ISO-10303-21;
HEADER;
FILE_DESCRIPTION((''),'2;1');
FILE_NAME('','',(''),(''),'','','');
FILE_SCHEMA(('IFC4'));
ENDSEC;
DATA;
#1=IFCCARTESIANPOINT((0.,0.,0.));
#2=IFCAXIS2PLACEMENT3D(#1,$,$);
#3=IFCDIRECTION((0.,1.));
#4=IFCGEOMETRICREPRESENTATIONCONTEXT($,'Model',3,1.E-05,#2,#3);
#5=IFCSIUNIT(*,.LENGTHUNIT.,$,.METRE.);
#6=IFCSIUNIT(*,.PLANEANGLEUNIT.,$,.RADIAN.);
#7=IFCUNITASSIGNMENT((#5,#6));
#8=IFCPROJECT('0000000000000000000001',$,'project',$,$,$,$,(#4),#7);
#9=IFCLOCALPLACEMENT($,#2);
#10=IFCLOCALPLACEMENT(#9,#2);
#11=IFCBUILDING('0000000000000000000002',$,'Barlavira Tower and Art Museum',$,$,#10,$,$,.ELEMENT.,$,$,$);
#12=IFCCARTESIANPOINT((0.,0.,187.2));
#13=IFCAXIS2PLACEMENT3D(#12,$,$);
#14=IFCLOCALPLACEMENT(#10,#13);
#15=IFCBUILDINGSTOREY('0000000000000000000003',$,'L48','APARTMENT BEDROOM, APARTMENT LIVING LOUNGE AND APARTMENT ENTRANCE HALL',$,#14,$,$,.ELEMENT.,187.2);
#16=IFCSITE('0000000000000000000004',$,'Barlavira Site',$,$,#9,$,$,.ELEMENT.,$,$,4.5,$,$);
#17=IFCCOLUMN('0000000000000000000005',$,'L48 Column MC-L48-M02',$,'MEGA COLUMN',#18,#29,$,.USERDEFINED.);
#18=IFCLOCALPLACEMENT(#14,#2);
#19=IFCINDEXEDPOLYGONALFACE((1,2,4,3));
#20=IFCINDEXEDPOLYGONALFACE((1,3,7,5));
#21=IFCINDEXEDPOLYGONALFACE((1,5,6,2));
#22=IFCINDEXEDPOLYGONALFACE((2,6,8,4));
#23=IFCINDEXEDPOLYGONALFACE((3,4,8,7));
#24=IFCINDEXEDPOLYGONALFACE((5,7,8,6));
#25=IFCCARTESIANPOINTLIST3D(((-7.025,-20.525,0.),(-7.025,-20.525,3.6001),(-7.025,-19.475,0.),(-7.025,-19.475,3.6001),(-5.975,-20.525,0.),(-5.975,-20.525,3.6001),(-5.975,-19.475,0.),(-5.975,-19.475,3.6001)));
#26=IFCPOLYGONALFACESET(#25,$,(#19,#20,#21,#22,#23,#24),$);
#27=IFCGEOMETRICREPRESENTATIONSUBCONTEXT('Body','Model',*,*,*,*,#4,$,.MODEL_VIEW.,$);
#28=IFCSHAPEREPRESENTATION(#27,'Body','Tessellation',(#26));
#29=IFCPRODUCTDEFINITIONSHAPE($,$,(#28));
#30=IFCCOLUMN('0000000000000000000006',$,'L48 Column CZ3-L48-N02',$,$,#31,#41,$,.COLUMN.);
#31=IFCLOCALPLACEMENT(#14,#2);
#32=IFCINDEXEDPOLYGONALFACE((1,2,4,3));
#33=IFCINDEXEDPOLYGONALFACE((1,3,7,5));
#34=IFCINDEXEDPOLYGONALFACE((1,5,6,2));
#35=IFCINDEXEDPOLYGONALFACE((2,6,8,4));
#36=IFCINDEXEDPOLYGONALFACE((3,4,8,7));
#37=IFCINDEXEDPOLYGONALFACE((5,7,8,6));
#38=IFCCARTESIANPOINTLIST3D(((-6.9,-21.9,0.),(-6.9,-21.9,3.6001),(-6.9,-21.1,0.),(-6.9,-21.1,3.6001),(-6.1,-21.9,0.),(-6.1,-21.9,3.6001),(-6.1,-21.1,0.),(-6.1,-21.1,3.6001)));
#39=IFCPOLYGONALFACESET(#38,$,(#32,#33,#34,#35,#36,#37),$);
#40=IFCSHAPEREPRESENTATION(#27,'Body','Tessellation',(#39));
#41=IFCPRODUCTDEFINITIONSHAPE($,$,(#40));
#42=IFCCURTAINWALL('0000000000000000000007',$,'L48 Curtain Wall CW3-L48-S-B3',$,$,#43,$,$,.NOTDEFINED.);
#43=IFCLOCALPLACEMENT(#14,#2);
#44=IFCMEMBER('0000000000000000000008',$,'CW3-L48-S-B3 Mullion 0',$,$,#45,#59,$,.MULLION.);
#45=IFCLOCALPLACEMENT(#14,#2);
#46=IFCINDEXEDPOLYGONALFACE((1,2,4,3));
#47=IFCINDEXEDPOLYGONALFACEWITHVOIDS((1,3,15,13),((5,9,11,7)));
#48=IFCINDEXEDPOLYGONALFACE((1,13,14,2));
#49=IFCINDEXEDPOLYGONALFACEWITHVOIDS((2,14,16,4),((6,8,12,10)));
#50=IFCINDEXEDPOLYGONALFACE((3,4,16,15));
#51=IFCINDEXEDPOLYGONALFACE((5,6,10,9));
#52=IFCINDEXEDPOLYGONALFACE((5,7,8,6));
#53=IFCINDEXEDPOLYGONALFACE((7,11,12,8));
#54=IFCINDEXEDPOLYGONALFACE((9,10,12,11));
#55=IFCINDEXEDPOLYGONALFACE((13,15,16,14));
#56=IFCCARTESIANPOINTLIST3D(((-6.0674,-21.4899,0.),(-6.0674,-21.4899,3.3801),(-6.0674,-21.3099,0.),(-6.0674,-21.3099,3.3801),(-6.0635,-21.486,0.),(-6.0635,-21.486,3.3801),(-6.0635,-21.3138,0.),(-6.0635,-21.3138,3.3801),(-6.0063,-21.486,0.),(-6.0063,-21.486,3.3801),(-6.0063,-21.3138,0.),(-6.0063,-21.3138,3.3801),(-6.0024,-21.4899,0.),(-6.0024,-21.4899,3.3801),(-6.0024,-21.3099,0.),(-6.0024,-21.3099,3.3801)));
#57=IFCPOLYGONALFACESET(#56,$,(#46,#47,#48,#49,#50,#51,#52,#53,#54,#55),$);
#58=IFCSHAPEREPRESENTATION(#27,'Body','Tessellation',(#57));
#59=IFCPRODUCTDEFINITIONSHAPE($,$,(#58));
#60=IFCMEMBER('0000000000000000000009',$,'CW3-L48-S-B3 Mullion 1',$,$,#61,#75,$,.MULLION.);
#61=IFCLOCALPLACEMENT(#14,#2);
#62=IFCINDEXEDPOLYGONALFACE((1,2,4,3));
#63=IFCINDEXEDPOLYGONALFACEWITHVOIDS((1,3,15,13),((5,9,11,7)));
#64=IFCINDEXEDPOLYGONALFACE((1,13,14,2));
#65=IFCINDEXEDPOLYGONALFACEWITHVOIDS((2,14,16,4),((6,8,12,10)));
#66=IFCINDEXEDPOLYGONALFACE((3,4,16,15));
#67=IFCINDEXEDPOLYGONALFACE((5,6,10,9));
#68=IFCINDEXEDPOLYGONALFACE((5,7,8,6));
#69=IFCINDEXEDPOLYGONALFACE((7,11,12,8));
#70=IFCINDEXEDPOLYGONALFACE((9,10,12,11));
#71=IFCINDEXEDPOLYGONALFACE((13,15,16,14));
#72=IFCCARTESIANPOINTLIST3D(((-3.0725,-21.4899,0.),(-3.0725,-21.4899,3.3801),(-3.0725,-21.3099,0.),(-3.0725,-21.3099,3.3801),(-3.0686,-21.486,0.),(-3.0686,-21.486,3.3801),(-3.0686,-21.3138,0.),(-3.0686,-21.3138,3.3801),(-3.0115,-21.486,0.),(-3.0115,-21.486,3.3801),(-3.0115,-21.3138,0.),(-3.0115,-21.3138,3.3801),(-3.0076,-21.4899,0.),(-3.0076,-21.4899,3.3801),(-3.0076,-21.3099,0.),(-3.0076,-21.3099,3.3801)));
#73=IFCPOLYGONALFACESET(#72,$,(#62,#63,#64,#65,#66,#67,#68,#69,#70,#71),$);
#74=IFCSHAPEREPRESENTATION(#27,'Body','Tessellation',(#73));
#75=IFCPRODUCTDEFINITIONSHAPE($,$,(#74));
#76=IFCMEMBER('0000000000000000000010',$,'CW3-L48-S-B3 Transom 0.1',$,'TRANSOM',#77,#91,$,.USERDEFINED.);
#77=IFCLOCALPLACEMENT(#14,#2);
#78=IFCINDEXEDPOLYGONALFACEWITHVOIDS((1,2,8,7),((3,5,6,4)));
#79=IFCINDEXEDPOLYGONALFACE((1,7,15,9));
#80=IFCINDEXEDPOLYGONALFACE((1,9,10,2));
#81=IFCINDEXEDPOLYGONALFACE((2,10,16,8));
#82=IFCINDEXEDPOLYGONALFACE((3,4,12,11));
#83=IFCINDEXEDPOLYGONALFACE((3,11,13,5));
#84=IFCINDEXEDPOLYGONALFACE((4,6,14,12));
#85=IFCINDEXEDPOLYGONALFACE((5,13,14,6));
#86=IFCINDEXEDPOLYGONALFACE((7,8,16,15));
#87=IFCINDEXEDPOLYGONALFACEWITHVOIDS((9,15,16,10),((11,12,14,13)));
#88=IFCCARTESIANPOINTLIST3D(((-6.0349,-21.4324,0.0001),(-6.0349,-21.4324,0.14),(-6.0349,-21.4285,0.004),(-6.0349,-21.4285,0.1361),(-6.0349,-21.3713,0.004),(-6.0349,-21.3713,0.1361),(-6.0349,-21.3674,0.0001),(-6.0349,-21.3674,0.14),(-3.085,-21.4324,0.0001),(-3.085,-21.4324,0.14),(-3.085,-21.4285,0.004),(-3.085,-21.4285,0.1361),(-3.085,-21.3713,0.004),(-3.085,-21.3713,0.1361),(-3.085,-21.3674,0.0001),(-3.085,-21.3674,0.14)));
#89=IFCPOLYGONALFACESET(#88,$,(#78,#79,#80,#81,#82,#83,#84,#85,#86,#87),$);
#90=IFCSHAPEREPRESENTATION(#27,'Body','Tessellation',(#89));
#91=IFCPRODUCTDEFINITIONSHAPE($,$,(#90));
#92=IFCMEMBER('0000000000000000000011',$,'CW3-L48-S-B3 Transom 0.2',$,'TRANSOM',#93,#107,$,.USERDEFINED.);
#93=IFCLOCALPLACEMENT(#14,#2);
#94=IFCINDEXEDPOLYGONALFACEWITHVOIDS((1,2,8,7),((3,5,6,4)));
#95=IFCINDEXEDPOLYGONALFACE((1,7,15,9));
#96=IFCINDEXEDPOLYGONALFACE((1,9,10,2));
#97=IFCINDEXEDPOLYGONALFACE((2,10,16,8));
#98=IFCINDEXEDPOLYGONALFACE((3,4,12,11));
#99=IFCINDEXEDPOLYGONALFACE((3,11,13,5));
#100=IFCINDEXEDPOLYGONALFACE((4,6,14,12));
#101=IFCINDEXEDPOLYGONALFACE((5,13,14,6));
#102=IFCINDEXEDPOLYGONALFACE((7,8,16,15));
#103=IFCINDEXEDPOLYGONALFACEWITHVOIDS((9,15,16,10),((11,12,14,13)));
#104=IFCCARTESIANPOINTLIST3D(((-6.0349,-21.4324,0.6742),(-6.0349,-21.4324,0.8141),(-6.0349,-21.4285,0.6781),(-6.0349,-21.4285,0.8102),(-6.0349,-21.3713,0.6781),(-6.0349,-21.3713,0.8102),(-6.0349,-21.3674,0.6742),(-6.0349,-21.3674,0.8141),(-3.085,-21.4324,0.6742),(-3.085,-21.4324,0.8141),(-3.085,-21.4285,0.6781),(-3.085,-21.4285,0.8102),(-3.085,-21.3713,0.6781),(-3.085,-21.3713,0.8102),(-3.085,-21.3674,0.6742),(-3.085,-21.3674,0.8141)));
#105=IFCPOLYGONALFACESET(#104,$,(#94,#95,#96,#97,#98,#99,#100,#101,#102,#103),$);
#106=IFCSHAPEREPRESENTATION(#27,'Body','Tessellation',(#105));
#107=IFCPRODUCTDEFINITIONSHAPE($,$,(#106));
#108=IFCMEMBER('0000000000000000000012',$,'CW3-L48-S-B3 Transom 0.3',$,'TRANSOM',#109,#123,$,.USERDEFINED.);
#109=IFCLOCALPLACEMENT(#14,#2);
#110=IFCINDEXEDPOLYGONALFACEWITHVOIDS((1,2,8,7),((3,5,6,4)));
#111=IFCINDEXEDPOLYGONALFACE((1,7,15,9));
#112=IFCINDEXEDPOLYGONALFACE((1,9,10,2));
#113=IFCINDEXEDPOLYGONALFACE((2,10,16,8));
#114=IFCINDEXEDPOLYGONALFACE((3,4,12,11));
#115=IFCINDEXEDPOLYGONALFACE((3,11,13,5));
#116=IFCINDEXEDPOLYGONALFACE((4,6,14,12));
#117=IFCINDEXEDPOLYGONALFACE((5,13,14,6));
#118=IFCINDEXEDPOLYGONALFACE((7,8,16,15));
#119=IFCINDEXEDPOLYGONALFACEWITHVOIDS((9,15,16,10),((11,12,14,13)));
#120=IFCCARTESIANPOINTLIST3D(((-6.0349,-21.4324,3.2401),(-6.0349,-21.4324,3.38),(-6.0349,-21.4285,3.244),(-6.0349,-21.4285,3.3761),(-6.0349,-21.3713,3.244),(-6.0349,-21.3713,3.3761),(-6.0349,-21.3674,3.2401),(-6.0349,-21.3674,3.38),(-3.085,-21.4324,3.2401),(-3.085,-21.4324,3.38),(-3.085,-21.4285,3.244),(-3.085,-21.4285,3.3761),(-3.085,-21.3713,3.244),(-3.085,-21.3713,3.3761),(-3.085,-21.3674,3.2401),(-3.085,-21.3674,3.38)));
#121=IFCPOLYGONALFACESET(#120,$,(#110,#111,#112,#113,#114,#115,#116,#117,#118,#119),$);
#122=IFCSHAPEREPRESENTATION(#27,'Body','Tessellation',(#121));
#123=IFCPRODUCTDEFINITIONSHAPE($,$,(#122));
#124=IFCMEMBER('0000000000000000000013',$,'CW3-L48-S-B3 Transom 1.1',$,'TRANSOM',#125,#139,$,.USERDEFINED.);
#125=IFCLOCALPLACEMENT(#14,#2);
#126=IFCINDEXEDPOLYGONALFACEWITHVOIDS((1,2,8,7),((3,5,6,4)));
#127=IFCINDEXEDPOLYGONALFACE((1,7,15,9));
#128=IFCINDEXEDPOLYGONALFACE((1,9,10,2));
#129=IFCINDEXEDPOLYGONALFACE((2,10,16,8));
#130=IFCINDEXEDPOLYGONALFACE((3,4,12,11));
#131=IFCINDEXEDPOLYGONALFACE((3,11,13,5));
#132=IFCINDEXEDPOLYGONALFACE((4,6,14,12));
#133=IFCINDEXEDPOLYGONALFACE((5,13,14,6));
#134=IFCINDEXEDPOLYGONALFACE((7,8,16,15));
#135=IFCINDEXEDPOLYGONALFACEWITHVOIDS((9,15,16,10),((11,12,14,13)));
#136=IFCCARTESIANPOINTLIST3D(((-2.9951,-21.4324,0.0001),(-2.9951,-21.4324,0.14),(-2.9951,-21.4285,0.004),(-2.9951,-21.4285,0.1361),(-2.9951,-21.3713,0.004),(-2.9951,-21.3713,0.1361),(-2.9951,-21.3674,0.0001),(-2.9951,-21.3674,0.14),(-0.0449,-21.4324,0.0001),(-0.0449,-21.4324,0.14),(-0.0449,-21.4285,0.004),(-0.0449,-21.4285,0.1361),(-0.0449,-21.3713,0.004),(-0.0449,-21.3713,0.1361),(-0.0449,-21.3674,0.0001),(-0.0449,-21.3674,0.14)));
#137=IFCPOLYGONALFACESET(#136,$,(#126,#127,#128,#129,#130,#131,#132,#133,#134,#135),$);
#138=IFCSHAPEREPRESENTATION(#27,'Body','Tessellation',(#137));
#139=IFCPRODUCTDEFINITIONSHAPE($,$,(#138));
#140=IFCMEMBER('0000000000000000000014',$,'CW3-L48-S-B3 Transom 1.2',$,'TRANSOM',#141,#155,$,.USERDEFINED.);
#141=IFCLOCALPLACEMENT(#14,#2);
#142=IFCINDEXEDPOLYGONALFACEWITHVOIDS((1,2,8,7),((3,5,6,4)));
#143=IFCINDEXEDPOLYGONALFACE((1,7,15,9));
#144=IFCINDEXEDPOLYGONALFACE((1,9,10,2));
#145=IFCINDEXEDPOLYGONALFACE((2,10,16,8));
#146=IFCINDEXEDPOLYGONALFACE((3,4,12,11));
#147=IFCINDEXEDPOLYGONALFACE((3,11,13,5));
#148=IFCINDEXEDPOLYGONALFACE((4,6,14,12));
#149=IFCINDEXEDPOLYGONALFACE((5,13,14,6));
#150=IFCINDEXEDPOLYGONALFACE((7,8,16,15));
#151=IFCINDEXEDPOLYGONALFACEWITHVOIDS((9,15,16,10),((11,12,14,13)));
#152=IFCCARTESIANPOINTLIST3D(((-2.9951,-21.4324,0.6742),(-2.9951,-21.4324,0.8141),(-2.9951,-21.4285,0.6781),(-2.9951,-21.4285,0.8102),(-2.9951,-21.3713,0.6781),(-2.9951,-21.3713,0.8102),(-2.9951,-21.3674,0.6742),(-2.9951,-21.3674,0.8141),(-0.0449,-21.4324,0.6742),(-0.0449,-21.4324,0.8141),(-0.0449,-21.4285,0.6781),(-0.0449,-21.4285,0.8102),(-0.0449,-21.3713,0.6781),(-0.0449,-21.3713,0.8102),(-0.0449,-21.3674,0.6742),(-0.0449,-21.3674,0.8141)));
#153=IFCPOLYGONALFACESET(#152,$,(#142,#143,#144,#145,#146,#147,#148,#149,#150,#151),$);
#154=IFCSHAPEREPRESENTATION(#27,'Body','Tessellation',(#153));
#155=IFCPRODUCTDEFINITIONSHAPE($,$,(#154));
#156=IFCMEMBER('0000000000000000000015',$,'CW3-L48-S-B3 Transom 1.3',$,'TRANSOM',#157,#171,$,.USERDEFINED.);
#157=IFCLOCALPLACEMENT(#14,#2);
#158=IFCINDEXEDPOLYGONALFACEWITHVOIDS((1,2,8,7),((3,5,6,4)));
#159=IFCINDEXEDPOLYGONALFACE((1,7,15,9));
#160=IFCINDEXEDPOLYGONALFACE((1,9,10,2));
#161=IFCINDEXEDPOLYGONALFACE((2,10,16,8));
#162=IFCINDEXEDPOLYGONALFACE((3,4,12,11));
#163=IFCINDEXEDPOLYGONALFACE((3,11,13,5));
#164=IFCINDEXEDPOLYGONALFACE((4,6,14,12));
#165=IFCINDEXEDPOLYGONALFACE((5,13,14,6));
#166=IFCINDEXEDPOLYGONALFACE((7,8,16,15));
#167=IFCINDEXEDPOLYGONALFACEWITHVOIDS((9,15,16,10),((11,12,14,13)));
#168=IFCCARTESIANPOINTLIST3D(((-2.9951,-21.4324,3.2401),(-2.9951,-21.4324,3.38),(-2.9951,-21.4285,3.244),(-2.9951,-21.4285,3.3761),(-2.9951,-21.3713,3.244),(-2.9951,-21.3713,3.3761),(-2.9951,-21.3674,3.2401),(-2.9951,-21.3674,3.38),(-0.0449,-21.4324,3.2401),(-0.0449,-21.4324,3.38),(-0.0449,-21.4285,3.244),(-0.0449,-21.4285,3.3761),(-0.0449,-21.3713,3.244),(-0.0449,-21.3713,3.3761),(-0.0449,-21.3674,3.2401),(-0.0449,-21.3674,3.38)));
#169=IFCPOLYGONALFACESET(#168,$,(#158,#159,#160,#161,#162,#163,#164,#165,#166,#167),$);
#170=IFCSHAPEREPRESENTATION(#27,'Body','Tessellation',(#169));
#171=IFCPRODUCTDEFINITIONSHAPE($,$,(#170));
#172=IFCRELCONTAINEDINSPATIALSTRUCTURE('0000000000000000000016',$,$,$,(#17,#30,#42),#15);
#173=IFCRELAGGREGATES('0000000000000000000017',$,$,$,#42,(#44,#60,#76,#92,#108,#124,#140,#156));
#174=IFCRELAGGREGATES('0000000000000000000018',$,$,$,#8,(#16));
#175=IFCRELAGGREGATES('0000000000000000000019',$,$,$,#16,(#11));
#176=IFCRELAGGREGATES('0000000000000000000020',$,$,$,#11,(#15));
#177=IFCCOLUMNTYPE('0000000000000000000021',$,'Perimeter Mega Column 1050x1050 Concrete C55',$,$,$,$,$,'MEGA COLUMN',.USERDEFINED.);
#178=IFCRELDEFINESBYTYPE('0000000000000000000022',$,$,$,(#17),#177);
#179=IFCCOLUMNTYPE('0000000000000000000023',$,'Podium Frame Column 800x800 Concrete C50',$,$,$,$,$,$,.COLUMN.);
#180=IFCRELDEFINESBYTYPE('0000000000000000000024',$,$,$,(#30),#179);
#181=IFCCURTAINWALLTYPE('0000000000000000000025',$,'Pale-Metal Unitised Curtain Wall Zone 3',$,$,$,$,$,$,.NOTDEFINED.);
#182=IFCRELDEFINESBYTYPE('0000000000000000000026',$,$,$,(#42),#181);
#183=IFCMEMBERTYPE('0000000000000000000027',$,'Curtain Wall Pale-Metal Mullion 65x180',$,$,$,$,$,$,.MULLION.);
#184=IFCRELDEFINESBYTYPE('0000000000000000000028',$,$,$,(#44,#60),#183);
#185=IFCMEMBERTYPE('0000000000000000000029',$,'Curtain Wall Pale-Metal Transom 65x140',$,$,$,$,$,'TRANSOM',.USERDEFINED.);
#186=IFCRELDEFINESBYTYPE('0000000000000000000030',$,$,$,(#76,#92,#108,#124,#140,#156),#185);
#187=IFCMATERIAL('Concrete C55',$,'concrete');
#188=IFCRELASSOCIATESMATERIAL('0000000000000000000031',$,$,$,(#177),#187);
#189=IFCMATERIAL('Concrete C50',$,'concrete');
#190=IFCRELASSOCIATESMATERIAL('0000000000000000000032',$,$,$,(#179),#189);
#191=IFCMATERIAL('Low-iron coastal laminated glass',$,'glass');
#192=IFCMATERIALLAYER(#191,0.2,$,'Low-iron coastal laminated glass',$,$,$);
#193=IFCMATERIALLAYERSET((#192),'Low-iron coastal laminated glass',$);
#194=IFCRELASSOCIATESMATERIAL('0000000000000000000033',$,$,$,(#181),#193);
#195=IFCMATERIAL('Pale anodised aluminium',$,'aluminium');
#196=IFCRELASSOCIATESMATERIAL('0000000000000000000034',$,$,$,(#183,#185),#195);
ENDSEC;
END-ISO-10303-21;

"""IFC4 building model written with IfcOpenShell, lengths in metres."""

from ifc_helpers import new_model, si_unit, direction, frame, origin, origin_2d, place, context, subcontext, project, spatial, rectangle, hollow_rectangle, extrude, material, layer, layer_set, material_profile, profile_set, type_object, element, aggregate, save


model = new_model("IFC4")

# Units and contexts
model_context = context("Model", 3, precision=1e-05, world=origin(), true_north=direction((0.0, 1.0)))
body_context = subcontext(model_context, "Body", "Model", "MODEL_VIEW")
ifc_project = project(units=[si_unit("LENGTHUNIT", "METRE"), si_unit("PLANEANGLEUNIT", "RADIAN")], contexts=[model_context])

# Site, building, storey
site_placement = place(None, origin())
site = spatial("IfcSite", under=ifc_project, at=site_placement, Name="Barlavira Site", CompositionType="ELEMENT", RefElevation=4.5)
building_placement = place(site_placement, origin())
building = spatial("IfcBuilding", under=site, at=building_placement, Name="Barlavira Tower and Art Museum", CompositionType="ELEMENT")
storey_placement = place(building_placement, frame((0.0, 0.0, 187.2)))
storey = spatial("IfcBuildingStorey", under=building, at=storey_placement, Name="L48", Description="APARTMENT BEDROOM, APARTMENT LIVING LOUNGE AND APARTMENT ENTRANCE HALL", CompositionType="ELEMENT", Elevation=187.2)

# Columns
ifc_material_1 = material(Name="Concrete C55", Category="concrete")
ifc_material_profile_1 = material_profile(ifc_material_1, rectangle(XDim=1.05, YDim=1.05, at=origin_2d()), Name="RC-COL 1050x1050")
ifc_profile_set_1 = profile_set([ifc_material_profile_1], Name="Concrete C55")
column_type_1 = type_object("IfcColumnType", Name="Perimeter Mega Column 1050x1050 Concrete C55", ElementType="MEGA COLUMN", PredefinedType="USERDEFINED", material=ifc_profile_set_1)
column_1_placement = place(storey_placement, frame((-6.5, -20.0, 0.0), z_axis=(0.0, 0.0, 1.0), x_axis=(1.0, 0.0, 0.0)))
element("IfcColumn", 1, at=column_1_placement, inside=storey, type_object=column_type_1, Name="L48 Column MC-L48-M02", ObjectType="MEGA COLUMN", PredefinedType="USERDEFINED", context=body_context, shape_type="SweptSolid", body=[
    extrude(rectangle(XDim=1.05, YDim=1.05, at=origin_2d()), origin(), (0.0, 0.0, 1.0), 3.6001),
])
ifc_material_2 = material(Name="Concrete C50", Category="concrete")
ifc_material_profile_2 = material_profile(ifc_material_2, rectangle(XDim=0.8, YDim=0.8, at=origin_2d()), Name="RC-COL 800x800")
ifc_profile_set_2 = profile_set([ifc_material_profile_2], Name="Concrete C50")
column_type_2 = type_object("IfcColumnType", Name="Podium Frame Column 800x800 Concrete C50", PredefinedType="COLUMN", material=ifc_profile_set_2)
column_2_placement = place(storey_placement, frame((-6.5, -21.5, 0.0), z_axis=(0.0, 0.0, 1.0), x_axis=(1.0, 0.0, 0.0)))
element("IfcColumn", 2, at=column_2_placement, inside=storey, type_object=column_type_2, Name="L48 Column CZ3-L48-N02", PredefinedType="COLUMN", context=body_context, shape_type="SweptSolid", body=[
    extrude(rectangle(XDim=0.8, YDim=0.8, at=origin_2d()), origin(), (0.0, 0.0, 1.0), 3.6001),
])

# Curtain wall, members
ifc_material_3 = material(Name="Low-iron coastal laminated glass", Category="glass")
ifc_layer_1 = layer(ifc_material_3, 0.2, Name="Low-iron coastal laminated glass")
ifc_layer_set_1 = layer_set([ifc_layer_1], Name="Low-iron coastal laminated glass")
curtain_wall_type = type_object("IfcCurtainWallType", Name="Pale-Metal Unitised Curtain Wall Zone 3", PredefinedType="NOTDEFINED", material=ifc_layer_set_1)
curtain_wall_placement = place(storey_placement, origin())
curtain_wall = element("IfcCurtainWall", 3, at=curtain_wall_placement, inside=storey, type_object=curtain_wall_type, Name="L48 Curtain Wall CW3-L48-S-B3", PredefinedType="NOTDEFINED")
ifc_material_4 = material(Name="Pale anodised aluminium", Category="aluminium")
ifc_material_profile_3 = material_profile(ifc_material_4, hollow_rectangle(XDim=0.0649, YDim=0.1799, WallThickness=0.0039, at=origin_2d()), Name="ALU-MULL 65x180x4")
ifc_profile_set_3 = profile_set([ifc_material_profile_3], Name="Pale anodised aluminium")
member_type_1 = type_object("IfcMemberType", Name="Curtain Wall Pale-Metal Mullion 65x180", PredefinedType="MULLION", material=ifc_profile_set_3)
member_1_placement = place(storey_placement, frame((-6.0349, -21.3999, 0.0), z_axis=(0.0, 0.0, 1.0), x_axis=(1.0, 0.0, 0.0)))
member_1 = element("IfcMember", 4, at=member_1_placement, type_object=member_type_1, Name="CW3-L48-S-B3 Mullion 0", PredefinedType="MULLION", context=body_context, shape_type="SweptSolid", body=[
    extrude(hollow_rectangle(XDim=0.0649, YDim=0.1799, WallThickness=0.0039, at=origin_2d()), origin(), (0.0, 0.0, 1.0), 3.3801),
])
member_2_placement = place(storey_placement, frame((-3.04, -21.3999, 0.0), z_axis=(0.0, 0.0, 1.0), x_axis=(1.0, 0.0, 0.0)))
member_2 = element("IfcMember", 5, at=member_2_placement, type_object=member_type_1, Name="CW3-L48-S-B3 Mullion 1", PredefinedType="MULLION", context=body_context, shape_type="SweptSolid", body=[
    extrude(hollow_rectangle(XDim=0.0649, YDim=0.1799, WallThickness=0.0039, at=origin_2d()), origin(), (0.0, 0.0, 1.0), 3.3801),
])
ifc_material_profile_4 = material_profile(ifc_material_4, hollow_rectangle(XDim=0.0649, YDim=0.1399, WallThickness=0.0039, at=origin_2d()), Name="ALU-TRAN 65x140x4")
ifc_profile_set_4 = profile_set([ifc_material_profile_4], Name="Pale anodised aluminium")
member_type_2 = type_object("IfcMemberType", Name="Curtain Wall Pale-Metal Transom 65x140", ElementType="TRANSOM", PredefinedType="USERDEFINED", material=ifc_profile_set_4)
member_3_placement = place(storey_placement, frame((-6.0349, -21.3999, 0.0701), z_axis=(1.0, 0.0, 0.0), x_axis=(0.0, 1.0, 0.0)))
member_3 = element("IfcMember", 6, at=member_3_placement, type_object=member_type_2, Name="CW3-L48-S-B3 Transom 0.1", ObjectType="TRANSOM", PredefinedType="USERDEFINED", context=body_context, shape_type="SweptSolid", body=[
    extrude(hollow_rectangle(XDim=0.0649, YDim=0.1399, WallThickness=0.0039, at=origin_2d()), origin(), (0.0, 0.0, 1.0), 2.95),
])
member_4_placement = place(storey_placement, frame((-6.0349, -21.3999, 0.7441), z_axis=(1.0, 0.0, 0.0), x_axis=(0.0, 1.0, 0.0)))
member_4 = element("IfcMember", 7, at=member_4_placement, type_object=member_type_2, Name="CW3-L48-S-B3 Transom 0.2", ObjectType="TRANSOM", PredefinedType="USERDEFINED", context=body_context, shape_type="SweptSolid", body=[
    extrude(hollow_rectangle(XDim=0.0649, YDim=0.1399, WallThickness=0.0039, at=origin_2d()), origin(), (0.0, 0.0, 1.0), 2.95),
])
member_5_placement = place(storey_placement, frame((-6.0349, -21.3999, 3.3101), z_axis=(1.0, 0.0, 0.0), x_axis=(0.0, 1.0, 0.0)))
member_5 = element("IfcMember", 8, at=member_5_placement, type_object=member_type_2, Name="CW3-L48-S-B3 Transom 0.3", ObjectType="TRANSOM", PredefinedType="USERDEFINED", context=body_context, shape_type="SweptSolid", body=[
    extrude(hollow_rectangle(XDim=0.0649, YDim=0.1399, WallThickness=0.0039, at=origin_2d()), origin(), (0.0, 0.0, 1.0), 2.95),
])
member_6_placement = place(storey_placement, frame((-2.9951, -21.3999, 0.0701), z_axis=(1.0, 0.0, 0.0), x_axis=(0.0, 1.0, 0.0)))
member_6 = element("IfcMember", 9, at=member_6_placement, type_object=member_type_2, Name="CW3-L48-S-B3 Transom 1.1", ObjectType="TRANSOM", PredefinedType="USERDEFINED", context=body_context, shape_type="SweptSolid", body=[
    extrude(hollow_rectangle(XDim=0.0649, YDim=0.1399, WallThickness=0.0039, at=origin_2d()), origin(), (0.0, 0.0, 1.0), 2.9502),
])
member_7_placement = place(storey_placement, frame((-2.9951, -21.3999, 0.7441), z_axis=(1.0, 0.0, 0.0), x_axis=(0.0, 1.0, 0.0)))
member_7 = element("IfcMember", 10, at=member_7_placement, type_object=member_type_2, Name="CW3-L48-S-B3 Transom 1.2", ObjectType="TRANSOM", PredefinedType="USERDEFINED", context=body_context, shape_type="SweptSolid", body=[
    extrude(hollow_rectangle(XDim=0.0649, YDim=0.1399, WallThickness=0.0039, at=origin_2d()), origin(), (0.0, 0.0, 1.0), 2.9502),
])
member_8_placement = place(storey_placement, frame((-2.9951, -21.3999, 3.3101), z_axis=(1.0, 0.0, 0.0), x_axis=(0.0, 1.0, 0.0)))
member_8 = element("IfcMember", 11, at=member_8_placement, type_object=member_type_2, Name="CW3-L48-S-B3 Transom 1.3", ObjectType="TRANSOM", PredefinedType="USERDEFINED", context=body_context, shape_type="SweptSolid", body=[
    extrude(hollow_rectangle(XDim=0.0649, YDim=0.1399, WallThickness=0.0039, at=origin_2d()), origin(), (0.0, 0.0, 1.0), 2.9502),
])

aggregate(curtain_wall, [member_1, member_2, member_3, member_4, member_5, member_6, member_7, member_8])

save(model, "model.ifc")
